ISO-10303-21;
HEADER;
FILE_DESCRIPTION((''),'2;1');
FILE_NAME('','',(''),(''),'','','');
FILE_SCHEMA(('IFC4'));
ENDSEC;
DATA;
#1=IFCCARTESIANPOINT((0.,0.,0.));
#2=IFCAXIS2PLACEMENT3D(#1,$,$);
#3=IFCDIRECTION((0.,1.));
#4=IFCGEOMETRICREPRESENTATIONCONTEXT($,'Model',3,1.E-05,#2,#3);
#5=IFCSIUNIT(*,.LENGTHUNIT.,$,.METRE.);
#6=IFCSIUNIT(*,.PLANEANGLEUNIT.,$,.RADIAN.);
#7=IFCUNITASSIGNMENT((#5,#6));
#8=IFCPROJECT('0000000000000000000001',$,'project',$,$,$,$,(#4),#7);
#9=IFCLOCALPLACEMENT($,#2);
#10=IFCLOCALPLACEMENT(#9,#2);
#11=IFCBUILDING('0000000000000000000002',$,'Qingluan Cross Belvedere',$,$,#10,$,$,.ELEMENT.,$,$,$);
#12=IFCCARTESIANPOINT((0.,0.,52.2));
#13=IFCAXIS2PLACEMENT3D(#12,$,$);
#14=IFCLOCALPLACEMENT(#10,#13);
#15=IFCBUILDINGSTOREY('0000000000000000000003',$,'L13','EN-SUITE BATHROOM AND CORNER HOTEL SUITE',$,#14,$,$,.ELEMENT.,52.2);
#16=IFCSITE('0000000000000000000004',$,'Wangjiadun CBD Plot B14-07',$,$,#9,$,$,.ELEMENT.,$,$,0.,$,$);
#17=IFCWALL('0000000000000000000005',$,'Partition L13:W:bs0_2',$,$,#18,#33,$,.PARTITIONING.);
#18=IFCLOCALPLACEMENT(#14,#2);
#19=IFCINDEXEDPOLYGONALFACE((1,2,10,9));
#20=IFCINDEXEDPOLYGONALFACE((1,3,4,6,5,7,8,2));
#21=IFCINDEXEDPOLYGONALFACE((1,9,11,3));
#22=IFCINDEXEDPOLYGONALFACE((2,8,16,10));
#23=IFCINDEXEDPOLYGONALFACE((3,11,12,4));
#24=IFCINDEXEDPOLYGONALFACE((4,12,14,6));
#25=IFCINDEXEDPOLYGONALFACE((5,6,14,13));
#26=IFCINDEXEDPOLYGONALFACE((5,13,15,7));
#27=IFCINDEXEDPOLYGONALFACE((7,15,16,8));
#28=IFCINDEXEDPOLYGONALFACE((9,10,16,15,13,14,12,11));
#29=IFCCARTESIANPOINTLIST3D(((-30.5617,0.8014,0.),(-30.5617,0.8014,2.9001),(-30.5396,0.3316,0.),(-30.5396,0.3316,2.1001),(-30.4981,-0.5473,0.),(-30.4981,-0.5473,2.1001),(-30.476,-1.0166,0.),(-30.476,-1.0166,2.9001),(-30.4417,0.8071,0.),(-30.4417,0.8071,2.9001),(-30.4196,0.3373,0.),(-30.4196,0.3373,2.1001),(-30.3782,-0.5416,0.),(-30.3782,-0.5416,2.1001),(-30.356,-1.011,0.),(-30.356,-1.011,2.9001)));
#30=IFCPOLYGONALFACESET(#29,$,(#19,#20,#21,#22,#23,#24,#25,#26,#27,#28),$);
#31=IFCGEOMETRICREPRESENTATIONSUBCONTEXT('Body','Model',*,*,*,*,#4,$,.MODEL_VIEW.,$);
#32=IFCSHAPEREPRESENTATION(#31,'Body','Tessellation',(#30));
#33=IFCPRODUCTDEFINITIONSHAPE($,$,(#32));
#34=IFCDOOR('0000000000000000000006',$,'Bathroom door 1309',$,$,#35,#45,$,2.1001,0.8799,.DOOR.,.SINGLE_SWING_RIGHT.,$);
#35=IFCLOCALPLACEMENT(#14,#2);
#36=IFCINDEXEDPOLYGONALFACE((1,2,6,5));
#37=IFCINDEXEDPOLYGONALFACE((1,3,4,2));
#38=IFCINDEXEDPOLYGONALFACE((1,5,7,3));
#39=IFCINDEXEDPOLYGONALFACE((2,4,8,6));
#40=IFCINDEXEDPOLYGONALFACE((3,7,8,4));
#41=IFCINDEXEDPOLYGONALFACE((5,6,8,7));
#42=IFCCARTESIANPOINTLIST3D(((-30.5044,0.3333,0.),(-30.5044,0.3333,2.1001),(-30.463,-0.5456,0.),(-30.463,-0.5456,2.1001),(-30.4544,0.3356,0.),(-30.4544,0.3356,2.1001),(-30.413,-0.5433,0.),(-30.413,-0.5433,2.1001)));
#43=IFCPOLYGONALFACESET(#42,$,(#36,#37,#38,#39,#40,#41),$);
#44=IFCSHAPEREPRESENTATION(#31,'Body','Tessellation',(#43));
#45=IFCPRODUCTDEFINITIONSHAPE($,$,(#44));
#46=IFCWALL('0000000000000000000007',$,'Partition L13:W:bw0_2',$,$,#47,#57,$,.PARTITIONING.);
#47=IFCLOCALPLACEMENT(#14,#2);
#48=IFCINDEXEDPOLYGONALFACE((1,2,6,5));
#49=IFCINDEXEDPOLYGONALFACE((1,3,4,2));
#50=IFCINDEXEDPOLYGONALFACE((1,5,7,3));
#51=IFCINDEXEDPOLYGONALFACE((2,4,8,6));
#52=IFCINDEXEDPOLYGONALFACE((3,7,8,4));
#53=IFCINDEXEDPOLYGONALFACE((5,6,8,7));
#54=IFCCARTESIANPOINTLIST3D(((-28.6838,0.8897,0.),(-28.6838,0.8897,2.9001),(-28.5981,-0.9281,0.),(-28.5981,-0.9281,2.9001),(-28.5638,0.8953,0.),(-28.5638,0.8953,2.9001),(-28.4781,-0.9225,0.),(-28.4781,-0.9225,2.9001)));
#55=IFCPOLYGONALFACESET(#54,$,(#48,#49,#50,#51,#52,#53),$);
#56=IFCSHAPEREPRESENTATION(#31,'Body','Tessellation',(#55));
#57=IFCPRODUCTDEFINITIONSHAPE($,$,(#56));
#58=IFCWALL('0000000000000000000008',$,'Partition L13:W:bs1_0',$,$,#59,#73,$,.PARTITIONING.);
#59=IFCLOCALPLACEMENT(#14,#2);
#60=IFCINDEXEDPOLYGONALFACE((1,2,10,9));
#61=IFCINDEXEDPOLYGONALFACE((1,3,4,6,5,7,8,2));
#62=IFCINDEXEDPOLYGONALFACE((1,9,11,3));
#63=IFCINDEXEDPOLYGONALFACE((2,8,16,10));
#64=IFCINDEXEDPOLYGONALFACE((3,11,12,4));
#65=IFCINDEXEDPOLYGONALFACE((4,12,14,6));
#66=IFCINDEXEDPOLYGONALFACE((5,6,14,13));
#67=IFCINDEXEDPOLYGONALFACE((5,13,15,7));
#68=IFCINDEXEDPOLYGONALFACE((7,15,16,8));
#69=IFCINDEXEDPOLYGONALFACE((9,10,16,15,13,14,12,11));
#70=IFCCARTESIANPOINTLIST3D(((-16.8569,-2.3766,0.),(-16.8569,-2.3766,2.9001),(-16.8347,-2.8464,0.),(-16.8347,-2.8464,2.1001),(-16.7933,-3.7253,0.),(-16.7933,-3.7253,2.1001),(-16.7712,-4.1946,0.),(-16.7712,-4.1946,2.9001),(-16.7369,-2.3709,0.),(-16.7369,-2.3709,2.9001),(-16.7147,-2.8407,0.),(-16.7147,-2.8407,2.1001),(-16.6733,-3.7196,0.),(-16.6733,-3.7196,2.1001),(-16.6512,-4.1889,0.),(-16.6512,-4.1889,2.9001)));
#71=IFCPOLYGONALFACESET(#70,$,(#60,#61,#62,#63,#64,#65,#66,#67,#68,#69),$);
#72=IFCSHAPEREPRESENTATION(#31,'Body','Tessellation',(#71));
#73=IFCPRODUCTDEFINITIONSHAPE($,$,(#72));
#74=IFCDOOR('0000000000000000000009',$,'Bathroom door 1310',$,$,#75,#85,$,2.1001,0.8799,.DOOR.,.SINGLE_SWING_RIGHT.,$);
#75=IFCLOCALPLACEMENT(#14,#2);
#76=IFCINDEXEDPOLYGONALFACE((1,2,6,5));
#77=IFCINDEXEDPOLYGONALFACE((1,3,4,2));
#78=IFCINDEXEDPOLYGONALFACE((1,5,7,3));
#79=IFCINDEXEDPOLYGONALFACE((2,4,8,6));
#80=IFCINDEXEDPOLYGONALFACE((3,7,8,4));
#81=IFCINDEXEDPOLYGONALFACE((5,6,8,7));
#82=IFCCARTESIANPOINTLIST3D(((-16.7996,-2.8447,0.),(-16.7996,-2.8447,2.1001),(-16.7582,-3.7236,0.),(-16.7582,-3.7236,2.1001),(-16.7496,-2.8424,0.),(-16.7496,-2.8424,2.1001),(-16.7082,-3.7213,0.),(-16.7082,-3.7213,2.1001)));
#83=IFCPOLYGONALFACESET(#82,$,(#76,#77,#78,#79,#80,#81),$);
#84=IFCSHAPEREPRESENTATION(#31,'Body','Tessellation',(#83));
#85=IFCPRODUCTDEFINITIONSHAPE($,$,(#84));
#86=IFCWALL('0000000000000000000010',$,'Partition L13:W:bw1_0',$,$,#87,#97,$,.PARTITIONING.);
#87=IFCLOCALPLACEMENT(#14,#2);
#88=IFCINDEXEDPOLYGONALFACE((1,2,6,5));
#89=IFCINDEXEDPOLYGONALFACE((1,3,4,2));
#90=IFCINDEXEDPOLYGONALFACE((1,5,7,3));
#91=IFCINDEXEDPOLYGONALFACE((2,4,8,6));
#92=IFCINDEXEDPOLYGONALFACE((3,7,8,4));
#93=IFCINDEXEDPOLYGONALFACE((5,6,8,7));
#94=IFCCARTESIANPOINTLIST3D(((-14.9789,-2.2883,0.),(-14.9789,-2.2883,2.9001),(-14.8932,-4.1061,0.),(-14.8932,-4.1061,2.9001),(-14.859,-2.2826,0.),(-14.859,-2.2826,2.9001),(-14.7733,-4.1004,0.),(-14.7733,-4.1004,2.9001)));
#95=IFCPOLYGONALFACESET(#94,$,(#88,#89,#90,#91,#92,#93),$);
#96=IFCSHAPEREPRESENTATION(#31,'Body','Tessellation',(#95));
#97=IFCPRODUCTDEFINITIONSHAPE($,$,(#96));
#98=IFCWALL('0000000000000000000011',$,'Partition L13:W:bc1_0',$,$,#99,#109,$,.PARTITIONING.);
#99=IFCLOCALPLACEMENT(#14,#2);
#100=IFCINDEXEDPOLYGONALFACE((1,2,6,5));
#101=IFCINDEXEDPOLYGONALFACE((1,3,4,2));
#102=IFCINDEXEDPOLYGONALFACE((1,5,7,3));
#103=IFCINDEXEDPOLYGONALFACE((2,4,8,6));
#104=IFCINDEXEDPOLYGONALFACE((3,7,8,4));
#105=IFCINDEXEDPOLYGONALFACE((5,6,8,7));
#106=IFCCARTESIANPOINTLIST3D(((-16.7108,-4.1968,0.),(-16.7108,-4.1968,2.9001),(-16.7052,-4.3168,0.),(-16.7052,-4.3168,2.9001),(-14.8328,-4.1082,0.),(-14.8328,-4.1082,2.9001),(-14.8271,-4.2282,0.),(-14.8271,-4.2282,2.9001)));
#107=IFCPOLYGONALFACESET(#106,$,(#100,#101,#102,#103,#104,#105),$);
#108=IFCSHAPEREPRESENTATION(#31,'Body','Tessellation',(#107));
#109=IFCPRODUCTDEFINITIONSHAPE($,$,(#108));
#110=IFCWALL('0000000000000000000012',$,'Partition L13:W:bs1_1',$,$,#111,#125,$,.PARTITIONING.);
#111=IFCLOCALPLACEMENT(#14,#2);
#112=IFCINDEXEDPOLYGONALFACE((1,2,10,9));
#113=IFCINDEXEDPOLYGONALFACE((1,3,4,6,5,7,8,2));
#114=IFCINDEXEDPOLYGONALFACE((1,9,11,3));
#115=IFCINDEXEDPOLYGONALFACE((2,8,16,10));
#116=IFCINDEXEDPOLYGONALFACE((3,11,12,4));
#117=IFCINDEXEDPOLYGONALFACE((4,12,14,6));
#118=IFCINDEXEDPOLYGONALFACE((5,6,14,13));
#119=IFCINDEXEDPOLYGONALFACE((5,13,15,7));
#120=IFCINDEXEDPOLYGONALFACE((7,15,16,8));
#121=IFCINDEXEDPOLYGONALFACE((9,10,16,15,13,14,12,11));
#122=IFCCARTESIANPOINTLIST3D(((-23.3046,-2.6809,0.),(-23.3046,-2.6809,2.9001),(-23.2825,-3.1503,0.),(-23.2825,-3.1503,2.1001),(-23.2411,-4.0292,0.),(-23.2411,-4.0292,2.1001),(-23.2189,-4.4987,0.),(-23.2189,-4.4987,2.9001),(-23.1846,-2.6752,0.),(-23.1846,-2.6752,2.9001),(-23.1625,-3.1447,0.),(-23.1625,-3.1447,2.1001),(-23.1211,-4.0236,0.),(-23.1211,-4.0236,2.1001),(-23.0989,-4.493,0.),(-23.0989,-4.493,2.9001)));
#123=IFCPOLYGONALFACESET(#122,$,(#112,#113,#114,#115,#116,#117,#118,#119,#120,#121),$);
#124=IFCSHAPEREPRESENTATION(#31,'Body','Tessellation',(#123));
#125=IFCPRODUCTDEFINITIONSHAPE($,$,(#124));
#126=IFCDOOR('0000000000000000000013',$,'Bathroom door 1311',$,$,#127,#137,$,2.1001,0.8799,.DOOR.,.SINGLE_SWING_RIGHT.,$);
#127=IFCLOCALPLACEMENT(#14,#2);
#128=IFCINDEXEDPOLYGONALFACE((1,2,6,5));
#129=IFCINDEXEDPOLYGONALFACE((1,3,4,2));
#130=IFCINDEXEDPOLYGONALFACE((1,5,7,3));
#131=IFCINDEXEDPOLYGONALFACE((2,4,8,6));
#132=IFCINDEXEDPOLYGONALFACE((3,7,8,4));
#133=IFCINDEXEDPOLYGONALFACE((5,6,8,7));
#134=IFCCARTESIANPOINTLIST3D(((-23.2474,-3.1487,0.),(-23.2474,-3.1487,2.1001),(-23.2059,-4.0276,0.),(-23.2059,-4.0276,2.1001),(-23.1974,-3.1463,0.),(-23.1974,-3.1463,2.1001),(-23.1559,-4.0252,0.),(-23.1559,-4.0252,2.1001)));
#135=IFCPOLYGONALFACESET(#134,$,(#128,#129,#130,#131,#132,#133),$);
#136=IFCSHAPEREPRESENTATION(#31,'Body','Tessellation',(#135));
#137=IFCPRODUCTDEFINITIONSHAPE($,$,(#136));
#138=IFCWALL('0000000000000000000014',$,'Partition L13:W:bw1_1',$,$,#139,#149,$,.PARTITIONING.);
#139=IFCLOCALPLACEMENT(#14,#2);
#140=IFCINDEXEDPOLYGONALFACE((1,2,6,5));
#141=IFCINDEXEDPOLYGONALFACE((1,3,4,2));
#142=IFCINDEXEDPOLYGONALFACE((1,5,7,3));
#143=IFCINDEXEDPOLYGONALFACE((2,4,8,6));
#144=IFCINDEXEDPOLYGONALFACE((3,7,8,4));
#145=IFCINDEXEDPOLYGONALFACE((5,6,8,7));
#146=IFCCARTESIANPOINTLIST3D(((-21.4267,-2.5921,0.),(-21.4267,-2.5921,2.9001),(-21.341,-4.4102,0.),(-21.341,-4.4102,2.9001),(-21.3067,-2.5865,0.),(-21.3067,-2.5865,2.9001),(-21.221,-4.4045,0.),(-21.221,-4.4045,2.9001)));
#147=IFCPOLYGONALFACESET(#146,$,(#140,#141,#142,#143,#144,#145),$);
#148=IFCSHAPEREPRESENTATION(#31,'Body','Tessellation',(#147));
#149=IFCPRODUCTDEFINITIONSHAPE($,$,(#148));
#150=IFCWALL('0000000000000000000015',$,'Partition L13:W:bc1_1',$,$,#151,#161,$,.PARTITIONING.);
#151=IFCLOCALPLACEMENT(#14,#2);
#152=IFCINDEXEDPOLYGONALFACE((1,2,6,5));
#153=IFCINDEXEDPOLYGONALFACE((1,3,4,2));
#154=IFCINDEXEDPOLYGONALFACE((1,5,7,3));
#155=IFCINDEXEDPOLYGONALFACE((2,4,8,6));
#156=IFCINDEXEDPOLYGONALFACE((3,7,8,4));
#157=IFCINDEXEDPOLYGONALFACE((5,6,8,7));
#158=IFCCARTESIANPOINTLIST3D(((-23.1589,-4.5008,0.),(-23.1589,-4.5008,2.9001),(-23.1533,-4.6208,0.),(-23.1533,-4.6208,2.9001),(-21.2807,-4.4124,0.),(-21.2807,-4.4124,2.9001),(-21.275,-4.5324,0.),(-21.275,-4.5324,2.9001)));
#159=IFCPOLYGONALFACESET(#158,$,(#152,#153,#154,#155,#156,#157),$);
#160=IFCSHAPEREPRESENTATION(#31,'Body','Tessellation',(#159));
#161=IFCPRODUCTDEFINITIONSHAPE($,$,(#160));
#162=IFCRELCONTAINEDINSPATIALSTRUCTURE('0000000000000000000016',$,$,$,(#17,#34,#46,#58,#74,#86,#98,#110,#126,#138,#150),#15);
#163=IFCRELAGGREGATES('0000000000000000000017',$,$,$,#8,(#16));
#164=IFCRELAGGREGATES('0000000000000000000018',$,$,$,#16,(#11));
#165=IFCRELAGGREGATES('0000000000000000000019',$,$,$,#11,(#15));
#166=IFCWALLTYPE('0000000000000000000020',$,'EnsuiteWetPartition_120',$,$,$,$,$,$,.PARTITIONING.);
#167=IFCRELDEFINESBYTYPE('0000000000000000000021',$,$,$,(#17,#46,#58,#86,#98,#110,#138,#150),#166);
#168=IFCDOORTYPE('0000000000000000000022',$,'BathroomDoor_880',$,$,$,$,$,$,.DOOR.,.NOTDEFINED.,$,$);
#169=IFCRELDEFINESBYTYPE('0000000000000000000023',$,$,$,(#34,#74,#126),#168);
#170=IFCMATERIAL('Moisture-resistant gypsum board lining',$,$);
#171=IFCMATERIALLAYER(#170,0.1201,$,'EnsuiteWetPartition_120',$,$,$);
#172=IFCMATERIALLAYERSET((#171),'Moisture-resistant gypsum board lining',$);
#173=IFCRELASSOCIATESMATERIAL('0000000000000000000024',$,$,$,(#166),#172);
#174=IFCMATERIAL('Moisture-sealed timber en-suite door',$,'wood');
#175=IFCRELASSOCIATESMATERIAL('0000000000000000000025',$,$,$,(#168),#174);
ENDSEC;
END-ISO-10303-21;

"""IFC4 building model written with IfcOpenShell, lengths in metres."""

from ifc_helpers import new_model, si_unit, direction, frame, frame_2d, origin, place, context, subcontext, project, spatial, rectangle, extrude, material, layer, layer_set, type_object, element, fill, save


model = new_model("IFC4")

# Units and contexts
model_context = context("Model", 3, precision=1e-05, world=origin(), true_north=direction((0.0, 1.0)))
body_context = subcontext(model_context, "Body", "Model", "MODEL_VIEW")
ifc_project = project(units=[si_unit("LENGTHUNIT", "METRE"), si_unit("PLANEANGLEUNIT", "RADIAN")], contexts=[model_context])

# Site, building, storey
site_placement = place(None, origin())
site = spatial("IfcSite", under=ifc_project, at=site_placement, Name="Wangjiadun CBD Plot B14-07", CompositionType="ELEMENT", RefElevation=0.0)
building_placement = place(site_placement, origin())
building = spatial("IfcBuilding", under=site, at=building_placement, Name="Qingluan Cross Belvedere", CompositionType="ELEMENT")
storey_placement = place(building_placement, frame((0.0, 0.0, 52.2)))
storey = spatial("IfcBuildingStorey", under=building, at=storey_placement, Name="L13", Description="EN-SUITE BATHROOM AND CORNER HOTEL SUITE", CompositionType="ELEMENT", Elevation=52.2)

# Wall, opening, door
ifc_material_1 = material(Name="Moisture-resistant gypsum board lining")
ifc_layer_1 = layer(ifc_material_1, 0.1201, Name="EnsuiteWetPartition_120")
ifc_layer_set_1 = layer_set([ifc_layer_1], Name="Moisture-resistant gypsum board lining")
wall_type_1 = type_object("IfcWallType", Name="EnsuiteWetPartition_120", PredefinedType="PARTITIONING", material=ifc_layer_set_1)
wall_1_placement = place(storey_placement, frame((-30.416, -1.0139, 0.0), z_axis=(0.0, 0.0, 1.0), x_axis=(-0.047081, 0.998891, 0.0)))
wall_1 = element("IfcWall", 1, at=wall_1_placement, inside=storey, type_object=wall_type_1, Name="Partition L13:W:bs0_2", PredefinedType="PARTITIONING", context=body_context, shape_type="SweptSolid", body=[
    extrude(rectangle(XDim=1.8201, YDim=0.1201, at=frame_2d((0.9102, 0.0))), origin(), (0.0, 0.0, 1.0), 2.9001),
])
opening_1_placement = place(wall_1_placement, frame((0.47, 0.0, 0.0)))
opening_1 = element("IfcOpeningElement", 2, at=opening_1_placement, cuts=wall_1, PredefinedType="OPENING", context=body_context, shape_type="SweptSolid", body=[
    extrude(rectangle(XDim=0.8799, YDim=2.1001, at=frame_2d((0.4399, 1.05))), frame((0.0, 0.0701, 0.0), z_axis=(0.0, -1.0, 0.0), x_axis=(1.0, 0.0, 0.0)), (0.0, 0.0, 1.0), 0.1401),
])
ifc_material_2 = material(Name="Moisture-sealed timber en-suite door", Category="wood")
door_type_1 = type_object("IfcDoorType", Name="BathroomDoor_880", OperationType="NOTDEFINED", PredefinedType="DOOR", material=ifc_material_2)
door_1_placement = place(opening_1_placement, origin())
door_1 = element("IfcDoor", 3, at=door_1_placement, inside=storey, type_object=door_type_1, Name="Bathroom door 1309", OperationType="SINGLE_SWING_RIGHT", OverallHeight=2.1001, OverallWidth=0.8799, PredefinedType="DOOR", context=body_context, shape_type="SweptSolid", body=[
    extrude(rectangle(XDim=0.8799, YDim=2.1001, at=frame_2d((0.4399, 1.05))), frame((0.0, 0.0249, 0.0), z_axis=(0.0, -1.0, 0.0), x_axis=(1.0, 0.0, 0.0)), (0.0, 0.0, 1.0), 0.05),
])
fill(opening_1, door_1)

# Wall
wall_2_placement = place(storey_placement, frame((-28.5381, -0.9253, 0.0), z_axis=(0.0, 0.0, 1.0), x_axis=(-0.047087, 0.998891, 0.0)))
element("IfcWall", 4, at=wall_2_placement, inside=storey, type_object=wall_type_1, Name="Partition L13:W:bw0_2", PredefinedType="PARTITIONING", context=body_context, shape_type="SweptSolid", body=[
    extrude(rectangle(XDim=1.8198, YDim=0.1201, at=frame_2d((0.9099, 0.0))), origin(), (0.0, 0.0, 1.0), 2.9001),
])

# Wall, opening, door
wall_3_placement = place(storey_placement, frame((-16.7112, -4.1919, 0.0), z_axis=(0.0, 0.0, 1.0), x_axis=(-0.047081, 0.998891, 0.0)))
wall_3 = element("IfcWall", 5, at=wall_3_placement, inside=storey, type_object=wall_type_1, Name="Partition L13:W:bs1_0", PredefinedType="PARTITIONING", context=body_context, shape_type="SweptSolid", body=[
    extrude(rectangle(XDim=1.8201, YDim=0.1201, at=frame_2d((0.9102, 0.0))), origin(), (0.0, 0.0, 1.0), 2.9001),
])
opening_2_placement = place(wall_3_placement, frame((0.47, 0.0, 0.0)))
opening_2 = element("IfcOpeningElement", 6, at=opening_2_placement, cuts=wall_3, PredefinedType="OPENING", context=body_context, shape_type="SweptSolid", body=[
    extrude(rectangle(XDim=0.8799, YDim=2.1001, at=frame_2d((0.4399, 1.05))), frame((0.0, 0.0701, 0.0), z_axis=(0.0, -1.0, 0.0), x_axis=(1.0, 0.0, 0.0)), (0.0, 0.0, 1.0), 0.1401),
])
door_2_placement = place(opening_2_placement, origin())
door_2 = element("IfcDoor", 7, at=door_2_placement, inside=storey, type_object=door_type_1, Name="Bathroom door 1310", OperationType="SINGLE_SWING_RIGHT", OverallHeight=2.1001, OverallWidth=0.8799, PredefinedType="DOOR", context=body_context, shape_type="SweptSolid", body=[
    extrude(rectangle(XDim=0.8799, YDim=2.1001, at=frame_2d((0.4399, 1.05))), frame((0.0, 0.0249, 0.0), z_axis=(0.0, -1.0, 0.0), x_axis=(1.0, 0.0, 0.0)), (0.0, 0.0, 1.0), 0.05),
])
fill(opening_2, door_2)

# Walls
wall_4_placement = place(storey_placement, frame((-14.8333, -4.1033, 0.0), z_axis=(0.0, 0.0, 1.0), x_axis=(-0.047087, 0.998891, 0.0)))
element("IfcWall", 8, at=wall_4_placement, inside=storey, type_object=wall_type_1, Name="Partition L13:W:bw1_0", PredefinedType="PARTITIONING", context=body_context, shape_type="SweptSolid", body=[
    extrude(rectangle(XDim=1.8198, YDim=0.1201, at=frame_2d((0.9099, 0.0))), origin(), (0.0, 0.0, 1.0), 2.9001),
])
wall_5_placement = place(storey_placement, frame((-14.8301, -4.1682, 0.0), z_axis=(0.0, 0.0, 1.0), x_axis=(-0.998888, -0.047139, 0.0)))
element("IfcWall", 9, at=wall_5_placement, inside=storey, type_object=wall_type_1, Name="Partition L13:W:bc1_0", PredefinedType="PARTITIONING", context=body_context, shape_type="SweptSolid", body=[
    extrude(rectangle(XDim=1.8801, YDim=0.1201, at=frame_2d((0.9399, 0.0))), origin(), (0.0, 0.0, 1.0), 2.9001),
])

# Wall, opening, door
wall_6_placement = place(storey_placement, frame((-23.1589, -4.4958, 0.0), z_axis=(0.0, 0.0, 1.0), x_axis=(-0.047087, 0.998891, 0.0)))
wall_6 = element("IfcWall", 10, at=wall_6_placement, inside=storey, type_object=wall_type_1, Name="Partition L13:W:bs1_1", PredefinedType="PARTITIONING", context=body_context, shape_type="SweptSolid", body=[
    extrude(rectangle(XDim=1.8198, YDim=0.1201, at=frame_2d((0.9099, 0.0))), origin(), (0.0, 0.0, 1.0), 2.9001),
])
opening_3_placement = place(wall_6_placement, frame((0.47, 0.0, 0.0)))
opening_3 = element("IfcOpeningElement", 11, at=opening_3_placement, cuts=wall_6, PredefinedType="OPENING", context=body_context, shape_type="SweptSolid", body=[
    extrude(rectangle(XDim=0.8799, YDim=2.1001, at=frame_2d((0.4399, 1.05))), frame((0.0, 0.0701, 0.0), z_axis=(0.0, -1.0, 0.0), x_axis=(1.0, 0.0, 0.0)), (0.0, 0.0, 1.0), 0.1401),
])
door_3_placement = place(opening_3_placement, origin())
door_3 = element("IfcDoor", 12, at=door_3_placement, inside=storey, type_object=door_type_1, Name="Bathroom door 1311", OperationType="SINGLE_SWING_RIGHT", OverallHeight=2.1001, OverallWidth=0.8799, PredefinedType="DOOR", context=body_context, shape_type="SweptSolid", body=[
    extrude(rectangle(XDim=0.8799, YDim=2.1001, at=frame_2d((0.4399, 1.05))), frame((0.0, 0.0249, 0.0), z_axis=(0.0, -1.0, 0.0), x_axis=(1.0, 0.0, 0.0)), (0.0, 0.0, 1.0), 0.05),
])
fill(opening_3, door_3)

# Walls
wall_7_placement = place(storey_placement, frame((-21.281, -4.4075, 0.0), z_axis=(0.0, 0.0, 1.0), x_axis=(-0.047081, 0.998891, 0.0)))
element("IfcWall", 13, at=wall_7_placement, inside=storey, type_object=wall_type_1, Name="Partition L13:W:bw1_1", PredefinedType="PARTITIONING", context=body_context, shape_type="SweptSolid", body=[
    extrude(rectangle(XDim=1.8201, YDim=0.1201, at=frame_2d((0.9102, 0.0))), origin(), (0.0, 0.0, 1.0), 2.9001),
])
wall_8_placement = place(storey_placement, frame((-21.2778, -4.4724, 0.0), z_axis=(0.0, 0.0, 1.0), x_axis=(-0.998895, -0.047004, 0.0)))
element("IfcWall", 14, at=wall_8_placement, inside=storey, type_object=wall_type_1, Name="Partition L13:W:bc1_1", PredefinedType="PARTITIONING", context=body_context, shape_type="SweptSolid", body=[
    extrude(rectangle(XDim=1.8804, YDim=0.1201, at=frame_2d((0.9402, 0.0))), origin(), (0.0, 0.0, 1.0), 2.9001),
])

save(model, "model.ifc")
